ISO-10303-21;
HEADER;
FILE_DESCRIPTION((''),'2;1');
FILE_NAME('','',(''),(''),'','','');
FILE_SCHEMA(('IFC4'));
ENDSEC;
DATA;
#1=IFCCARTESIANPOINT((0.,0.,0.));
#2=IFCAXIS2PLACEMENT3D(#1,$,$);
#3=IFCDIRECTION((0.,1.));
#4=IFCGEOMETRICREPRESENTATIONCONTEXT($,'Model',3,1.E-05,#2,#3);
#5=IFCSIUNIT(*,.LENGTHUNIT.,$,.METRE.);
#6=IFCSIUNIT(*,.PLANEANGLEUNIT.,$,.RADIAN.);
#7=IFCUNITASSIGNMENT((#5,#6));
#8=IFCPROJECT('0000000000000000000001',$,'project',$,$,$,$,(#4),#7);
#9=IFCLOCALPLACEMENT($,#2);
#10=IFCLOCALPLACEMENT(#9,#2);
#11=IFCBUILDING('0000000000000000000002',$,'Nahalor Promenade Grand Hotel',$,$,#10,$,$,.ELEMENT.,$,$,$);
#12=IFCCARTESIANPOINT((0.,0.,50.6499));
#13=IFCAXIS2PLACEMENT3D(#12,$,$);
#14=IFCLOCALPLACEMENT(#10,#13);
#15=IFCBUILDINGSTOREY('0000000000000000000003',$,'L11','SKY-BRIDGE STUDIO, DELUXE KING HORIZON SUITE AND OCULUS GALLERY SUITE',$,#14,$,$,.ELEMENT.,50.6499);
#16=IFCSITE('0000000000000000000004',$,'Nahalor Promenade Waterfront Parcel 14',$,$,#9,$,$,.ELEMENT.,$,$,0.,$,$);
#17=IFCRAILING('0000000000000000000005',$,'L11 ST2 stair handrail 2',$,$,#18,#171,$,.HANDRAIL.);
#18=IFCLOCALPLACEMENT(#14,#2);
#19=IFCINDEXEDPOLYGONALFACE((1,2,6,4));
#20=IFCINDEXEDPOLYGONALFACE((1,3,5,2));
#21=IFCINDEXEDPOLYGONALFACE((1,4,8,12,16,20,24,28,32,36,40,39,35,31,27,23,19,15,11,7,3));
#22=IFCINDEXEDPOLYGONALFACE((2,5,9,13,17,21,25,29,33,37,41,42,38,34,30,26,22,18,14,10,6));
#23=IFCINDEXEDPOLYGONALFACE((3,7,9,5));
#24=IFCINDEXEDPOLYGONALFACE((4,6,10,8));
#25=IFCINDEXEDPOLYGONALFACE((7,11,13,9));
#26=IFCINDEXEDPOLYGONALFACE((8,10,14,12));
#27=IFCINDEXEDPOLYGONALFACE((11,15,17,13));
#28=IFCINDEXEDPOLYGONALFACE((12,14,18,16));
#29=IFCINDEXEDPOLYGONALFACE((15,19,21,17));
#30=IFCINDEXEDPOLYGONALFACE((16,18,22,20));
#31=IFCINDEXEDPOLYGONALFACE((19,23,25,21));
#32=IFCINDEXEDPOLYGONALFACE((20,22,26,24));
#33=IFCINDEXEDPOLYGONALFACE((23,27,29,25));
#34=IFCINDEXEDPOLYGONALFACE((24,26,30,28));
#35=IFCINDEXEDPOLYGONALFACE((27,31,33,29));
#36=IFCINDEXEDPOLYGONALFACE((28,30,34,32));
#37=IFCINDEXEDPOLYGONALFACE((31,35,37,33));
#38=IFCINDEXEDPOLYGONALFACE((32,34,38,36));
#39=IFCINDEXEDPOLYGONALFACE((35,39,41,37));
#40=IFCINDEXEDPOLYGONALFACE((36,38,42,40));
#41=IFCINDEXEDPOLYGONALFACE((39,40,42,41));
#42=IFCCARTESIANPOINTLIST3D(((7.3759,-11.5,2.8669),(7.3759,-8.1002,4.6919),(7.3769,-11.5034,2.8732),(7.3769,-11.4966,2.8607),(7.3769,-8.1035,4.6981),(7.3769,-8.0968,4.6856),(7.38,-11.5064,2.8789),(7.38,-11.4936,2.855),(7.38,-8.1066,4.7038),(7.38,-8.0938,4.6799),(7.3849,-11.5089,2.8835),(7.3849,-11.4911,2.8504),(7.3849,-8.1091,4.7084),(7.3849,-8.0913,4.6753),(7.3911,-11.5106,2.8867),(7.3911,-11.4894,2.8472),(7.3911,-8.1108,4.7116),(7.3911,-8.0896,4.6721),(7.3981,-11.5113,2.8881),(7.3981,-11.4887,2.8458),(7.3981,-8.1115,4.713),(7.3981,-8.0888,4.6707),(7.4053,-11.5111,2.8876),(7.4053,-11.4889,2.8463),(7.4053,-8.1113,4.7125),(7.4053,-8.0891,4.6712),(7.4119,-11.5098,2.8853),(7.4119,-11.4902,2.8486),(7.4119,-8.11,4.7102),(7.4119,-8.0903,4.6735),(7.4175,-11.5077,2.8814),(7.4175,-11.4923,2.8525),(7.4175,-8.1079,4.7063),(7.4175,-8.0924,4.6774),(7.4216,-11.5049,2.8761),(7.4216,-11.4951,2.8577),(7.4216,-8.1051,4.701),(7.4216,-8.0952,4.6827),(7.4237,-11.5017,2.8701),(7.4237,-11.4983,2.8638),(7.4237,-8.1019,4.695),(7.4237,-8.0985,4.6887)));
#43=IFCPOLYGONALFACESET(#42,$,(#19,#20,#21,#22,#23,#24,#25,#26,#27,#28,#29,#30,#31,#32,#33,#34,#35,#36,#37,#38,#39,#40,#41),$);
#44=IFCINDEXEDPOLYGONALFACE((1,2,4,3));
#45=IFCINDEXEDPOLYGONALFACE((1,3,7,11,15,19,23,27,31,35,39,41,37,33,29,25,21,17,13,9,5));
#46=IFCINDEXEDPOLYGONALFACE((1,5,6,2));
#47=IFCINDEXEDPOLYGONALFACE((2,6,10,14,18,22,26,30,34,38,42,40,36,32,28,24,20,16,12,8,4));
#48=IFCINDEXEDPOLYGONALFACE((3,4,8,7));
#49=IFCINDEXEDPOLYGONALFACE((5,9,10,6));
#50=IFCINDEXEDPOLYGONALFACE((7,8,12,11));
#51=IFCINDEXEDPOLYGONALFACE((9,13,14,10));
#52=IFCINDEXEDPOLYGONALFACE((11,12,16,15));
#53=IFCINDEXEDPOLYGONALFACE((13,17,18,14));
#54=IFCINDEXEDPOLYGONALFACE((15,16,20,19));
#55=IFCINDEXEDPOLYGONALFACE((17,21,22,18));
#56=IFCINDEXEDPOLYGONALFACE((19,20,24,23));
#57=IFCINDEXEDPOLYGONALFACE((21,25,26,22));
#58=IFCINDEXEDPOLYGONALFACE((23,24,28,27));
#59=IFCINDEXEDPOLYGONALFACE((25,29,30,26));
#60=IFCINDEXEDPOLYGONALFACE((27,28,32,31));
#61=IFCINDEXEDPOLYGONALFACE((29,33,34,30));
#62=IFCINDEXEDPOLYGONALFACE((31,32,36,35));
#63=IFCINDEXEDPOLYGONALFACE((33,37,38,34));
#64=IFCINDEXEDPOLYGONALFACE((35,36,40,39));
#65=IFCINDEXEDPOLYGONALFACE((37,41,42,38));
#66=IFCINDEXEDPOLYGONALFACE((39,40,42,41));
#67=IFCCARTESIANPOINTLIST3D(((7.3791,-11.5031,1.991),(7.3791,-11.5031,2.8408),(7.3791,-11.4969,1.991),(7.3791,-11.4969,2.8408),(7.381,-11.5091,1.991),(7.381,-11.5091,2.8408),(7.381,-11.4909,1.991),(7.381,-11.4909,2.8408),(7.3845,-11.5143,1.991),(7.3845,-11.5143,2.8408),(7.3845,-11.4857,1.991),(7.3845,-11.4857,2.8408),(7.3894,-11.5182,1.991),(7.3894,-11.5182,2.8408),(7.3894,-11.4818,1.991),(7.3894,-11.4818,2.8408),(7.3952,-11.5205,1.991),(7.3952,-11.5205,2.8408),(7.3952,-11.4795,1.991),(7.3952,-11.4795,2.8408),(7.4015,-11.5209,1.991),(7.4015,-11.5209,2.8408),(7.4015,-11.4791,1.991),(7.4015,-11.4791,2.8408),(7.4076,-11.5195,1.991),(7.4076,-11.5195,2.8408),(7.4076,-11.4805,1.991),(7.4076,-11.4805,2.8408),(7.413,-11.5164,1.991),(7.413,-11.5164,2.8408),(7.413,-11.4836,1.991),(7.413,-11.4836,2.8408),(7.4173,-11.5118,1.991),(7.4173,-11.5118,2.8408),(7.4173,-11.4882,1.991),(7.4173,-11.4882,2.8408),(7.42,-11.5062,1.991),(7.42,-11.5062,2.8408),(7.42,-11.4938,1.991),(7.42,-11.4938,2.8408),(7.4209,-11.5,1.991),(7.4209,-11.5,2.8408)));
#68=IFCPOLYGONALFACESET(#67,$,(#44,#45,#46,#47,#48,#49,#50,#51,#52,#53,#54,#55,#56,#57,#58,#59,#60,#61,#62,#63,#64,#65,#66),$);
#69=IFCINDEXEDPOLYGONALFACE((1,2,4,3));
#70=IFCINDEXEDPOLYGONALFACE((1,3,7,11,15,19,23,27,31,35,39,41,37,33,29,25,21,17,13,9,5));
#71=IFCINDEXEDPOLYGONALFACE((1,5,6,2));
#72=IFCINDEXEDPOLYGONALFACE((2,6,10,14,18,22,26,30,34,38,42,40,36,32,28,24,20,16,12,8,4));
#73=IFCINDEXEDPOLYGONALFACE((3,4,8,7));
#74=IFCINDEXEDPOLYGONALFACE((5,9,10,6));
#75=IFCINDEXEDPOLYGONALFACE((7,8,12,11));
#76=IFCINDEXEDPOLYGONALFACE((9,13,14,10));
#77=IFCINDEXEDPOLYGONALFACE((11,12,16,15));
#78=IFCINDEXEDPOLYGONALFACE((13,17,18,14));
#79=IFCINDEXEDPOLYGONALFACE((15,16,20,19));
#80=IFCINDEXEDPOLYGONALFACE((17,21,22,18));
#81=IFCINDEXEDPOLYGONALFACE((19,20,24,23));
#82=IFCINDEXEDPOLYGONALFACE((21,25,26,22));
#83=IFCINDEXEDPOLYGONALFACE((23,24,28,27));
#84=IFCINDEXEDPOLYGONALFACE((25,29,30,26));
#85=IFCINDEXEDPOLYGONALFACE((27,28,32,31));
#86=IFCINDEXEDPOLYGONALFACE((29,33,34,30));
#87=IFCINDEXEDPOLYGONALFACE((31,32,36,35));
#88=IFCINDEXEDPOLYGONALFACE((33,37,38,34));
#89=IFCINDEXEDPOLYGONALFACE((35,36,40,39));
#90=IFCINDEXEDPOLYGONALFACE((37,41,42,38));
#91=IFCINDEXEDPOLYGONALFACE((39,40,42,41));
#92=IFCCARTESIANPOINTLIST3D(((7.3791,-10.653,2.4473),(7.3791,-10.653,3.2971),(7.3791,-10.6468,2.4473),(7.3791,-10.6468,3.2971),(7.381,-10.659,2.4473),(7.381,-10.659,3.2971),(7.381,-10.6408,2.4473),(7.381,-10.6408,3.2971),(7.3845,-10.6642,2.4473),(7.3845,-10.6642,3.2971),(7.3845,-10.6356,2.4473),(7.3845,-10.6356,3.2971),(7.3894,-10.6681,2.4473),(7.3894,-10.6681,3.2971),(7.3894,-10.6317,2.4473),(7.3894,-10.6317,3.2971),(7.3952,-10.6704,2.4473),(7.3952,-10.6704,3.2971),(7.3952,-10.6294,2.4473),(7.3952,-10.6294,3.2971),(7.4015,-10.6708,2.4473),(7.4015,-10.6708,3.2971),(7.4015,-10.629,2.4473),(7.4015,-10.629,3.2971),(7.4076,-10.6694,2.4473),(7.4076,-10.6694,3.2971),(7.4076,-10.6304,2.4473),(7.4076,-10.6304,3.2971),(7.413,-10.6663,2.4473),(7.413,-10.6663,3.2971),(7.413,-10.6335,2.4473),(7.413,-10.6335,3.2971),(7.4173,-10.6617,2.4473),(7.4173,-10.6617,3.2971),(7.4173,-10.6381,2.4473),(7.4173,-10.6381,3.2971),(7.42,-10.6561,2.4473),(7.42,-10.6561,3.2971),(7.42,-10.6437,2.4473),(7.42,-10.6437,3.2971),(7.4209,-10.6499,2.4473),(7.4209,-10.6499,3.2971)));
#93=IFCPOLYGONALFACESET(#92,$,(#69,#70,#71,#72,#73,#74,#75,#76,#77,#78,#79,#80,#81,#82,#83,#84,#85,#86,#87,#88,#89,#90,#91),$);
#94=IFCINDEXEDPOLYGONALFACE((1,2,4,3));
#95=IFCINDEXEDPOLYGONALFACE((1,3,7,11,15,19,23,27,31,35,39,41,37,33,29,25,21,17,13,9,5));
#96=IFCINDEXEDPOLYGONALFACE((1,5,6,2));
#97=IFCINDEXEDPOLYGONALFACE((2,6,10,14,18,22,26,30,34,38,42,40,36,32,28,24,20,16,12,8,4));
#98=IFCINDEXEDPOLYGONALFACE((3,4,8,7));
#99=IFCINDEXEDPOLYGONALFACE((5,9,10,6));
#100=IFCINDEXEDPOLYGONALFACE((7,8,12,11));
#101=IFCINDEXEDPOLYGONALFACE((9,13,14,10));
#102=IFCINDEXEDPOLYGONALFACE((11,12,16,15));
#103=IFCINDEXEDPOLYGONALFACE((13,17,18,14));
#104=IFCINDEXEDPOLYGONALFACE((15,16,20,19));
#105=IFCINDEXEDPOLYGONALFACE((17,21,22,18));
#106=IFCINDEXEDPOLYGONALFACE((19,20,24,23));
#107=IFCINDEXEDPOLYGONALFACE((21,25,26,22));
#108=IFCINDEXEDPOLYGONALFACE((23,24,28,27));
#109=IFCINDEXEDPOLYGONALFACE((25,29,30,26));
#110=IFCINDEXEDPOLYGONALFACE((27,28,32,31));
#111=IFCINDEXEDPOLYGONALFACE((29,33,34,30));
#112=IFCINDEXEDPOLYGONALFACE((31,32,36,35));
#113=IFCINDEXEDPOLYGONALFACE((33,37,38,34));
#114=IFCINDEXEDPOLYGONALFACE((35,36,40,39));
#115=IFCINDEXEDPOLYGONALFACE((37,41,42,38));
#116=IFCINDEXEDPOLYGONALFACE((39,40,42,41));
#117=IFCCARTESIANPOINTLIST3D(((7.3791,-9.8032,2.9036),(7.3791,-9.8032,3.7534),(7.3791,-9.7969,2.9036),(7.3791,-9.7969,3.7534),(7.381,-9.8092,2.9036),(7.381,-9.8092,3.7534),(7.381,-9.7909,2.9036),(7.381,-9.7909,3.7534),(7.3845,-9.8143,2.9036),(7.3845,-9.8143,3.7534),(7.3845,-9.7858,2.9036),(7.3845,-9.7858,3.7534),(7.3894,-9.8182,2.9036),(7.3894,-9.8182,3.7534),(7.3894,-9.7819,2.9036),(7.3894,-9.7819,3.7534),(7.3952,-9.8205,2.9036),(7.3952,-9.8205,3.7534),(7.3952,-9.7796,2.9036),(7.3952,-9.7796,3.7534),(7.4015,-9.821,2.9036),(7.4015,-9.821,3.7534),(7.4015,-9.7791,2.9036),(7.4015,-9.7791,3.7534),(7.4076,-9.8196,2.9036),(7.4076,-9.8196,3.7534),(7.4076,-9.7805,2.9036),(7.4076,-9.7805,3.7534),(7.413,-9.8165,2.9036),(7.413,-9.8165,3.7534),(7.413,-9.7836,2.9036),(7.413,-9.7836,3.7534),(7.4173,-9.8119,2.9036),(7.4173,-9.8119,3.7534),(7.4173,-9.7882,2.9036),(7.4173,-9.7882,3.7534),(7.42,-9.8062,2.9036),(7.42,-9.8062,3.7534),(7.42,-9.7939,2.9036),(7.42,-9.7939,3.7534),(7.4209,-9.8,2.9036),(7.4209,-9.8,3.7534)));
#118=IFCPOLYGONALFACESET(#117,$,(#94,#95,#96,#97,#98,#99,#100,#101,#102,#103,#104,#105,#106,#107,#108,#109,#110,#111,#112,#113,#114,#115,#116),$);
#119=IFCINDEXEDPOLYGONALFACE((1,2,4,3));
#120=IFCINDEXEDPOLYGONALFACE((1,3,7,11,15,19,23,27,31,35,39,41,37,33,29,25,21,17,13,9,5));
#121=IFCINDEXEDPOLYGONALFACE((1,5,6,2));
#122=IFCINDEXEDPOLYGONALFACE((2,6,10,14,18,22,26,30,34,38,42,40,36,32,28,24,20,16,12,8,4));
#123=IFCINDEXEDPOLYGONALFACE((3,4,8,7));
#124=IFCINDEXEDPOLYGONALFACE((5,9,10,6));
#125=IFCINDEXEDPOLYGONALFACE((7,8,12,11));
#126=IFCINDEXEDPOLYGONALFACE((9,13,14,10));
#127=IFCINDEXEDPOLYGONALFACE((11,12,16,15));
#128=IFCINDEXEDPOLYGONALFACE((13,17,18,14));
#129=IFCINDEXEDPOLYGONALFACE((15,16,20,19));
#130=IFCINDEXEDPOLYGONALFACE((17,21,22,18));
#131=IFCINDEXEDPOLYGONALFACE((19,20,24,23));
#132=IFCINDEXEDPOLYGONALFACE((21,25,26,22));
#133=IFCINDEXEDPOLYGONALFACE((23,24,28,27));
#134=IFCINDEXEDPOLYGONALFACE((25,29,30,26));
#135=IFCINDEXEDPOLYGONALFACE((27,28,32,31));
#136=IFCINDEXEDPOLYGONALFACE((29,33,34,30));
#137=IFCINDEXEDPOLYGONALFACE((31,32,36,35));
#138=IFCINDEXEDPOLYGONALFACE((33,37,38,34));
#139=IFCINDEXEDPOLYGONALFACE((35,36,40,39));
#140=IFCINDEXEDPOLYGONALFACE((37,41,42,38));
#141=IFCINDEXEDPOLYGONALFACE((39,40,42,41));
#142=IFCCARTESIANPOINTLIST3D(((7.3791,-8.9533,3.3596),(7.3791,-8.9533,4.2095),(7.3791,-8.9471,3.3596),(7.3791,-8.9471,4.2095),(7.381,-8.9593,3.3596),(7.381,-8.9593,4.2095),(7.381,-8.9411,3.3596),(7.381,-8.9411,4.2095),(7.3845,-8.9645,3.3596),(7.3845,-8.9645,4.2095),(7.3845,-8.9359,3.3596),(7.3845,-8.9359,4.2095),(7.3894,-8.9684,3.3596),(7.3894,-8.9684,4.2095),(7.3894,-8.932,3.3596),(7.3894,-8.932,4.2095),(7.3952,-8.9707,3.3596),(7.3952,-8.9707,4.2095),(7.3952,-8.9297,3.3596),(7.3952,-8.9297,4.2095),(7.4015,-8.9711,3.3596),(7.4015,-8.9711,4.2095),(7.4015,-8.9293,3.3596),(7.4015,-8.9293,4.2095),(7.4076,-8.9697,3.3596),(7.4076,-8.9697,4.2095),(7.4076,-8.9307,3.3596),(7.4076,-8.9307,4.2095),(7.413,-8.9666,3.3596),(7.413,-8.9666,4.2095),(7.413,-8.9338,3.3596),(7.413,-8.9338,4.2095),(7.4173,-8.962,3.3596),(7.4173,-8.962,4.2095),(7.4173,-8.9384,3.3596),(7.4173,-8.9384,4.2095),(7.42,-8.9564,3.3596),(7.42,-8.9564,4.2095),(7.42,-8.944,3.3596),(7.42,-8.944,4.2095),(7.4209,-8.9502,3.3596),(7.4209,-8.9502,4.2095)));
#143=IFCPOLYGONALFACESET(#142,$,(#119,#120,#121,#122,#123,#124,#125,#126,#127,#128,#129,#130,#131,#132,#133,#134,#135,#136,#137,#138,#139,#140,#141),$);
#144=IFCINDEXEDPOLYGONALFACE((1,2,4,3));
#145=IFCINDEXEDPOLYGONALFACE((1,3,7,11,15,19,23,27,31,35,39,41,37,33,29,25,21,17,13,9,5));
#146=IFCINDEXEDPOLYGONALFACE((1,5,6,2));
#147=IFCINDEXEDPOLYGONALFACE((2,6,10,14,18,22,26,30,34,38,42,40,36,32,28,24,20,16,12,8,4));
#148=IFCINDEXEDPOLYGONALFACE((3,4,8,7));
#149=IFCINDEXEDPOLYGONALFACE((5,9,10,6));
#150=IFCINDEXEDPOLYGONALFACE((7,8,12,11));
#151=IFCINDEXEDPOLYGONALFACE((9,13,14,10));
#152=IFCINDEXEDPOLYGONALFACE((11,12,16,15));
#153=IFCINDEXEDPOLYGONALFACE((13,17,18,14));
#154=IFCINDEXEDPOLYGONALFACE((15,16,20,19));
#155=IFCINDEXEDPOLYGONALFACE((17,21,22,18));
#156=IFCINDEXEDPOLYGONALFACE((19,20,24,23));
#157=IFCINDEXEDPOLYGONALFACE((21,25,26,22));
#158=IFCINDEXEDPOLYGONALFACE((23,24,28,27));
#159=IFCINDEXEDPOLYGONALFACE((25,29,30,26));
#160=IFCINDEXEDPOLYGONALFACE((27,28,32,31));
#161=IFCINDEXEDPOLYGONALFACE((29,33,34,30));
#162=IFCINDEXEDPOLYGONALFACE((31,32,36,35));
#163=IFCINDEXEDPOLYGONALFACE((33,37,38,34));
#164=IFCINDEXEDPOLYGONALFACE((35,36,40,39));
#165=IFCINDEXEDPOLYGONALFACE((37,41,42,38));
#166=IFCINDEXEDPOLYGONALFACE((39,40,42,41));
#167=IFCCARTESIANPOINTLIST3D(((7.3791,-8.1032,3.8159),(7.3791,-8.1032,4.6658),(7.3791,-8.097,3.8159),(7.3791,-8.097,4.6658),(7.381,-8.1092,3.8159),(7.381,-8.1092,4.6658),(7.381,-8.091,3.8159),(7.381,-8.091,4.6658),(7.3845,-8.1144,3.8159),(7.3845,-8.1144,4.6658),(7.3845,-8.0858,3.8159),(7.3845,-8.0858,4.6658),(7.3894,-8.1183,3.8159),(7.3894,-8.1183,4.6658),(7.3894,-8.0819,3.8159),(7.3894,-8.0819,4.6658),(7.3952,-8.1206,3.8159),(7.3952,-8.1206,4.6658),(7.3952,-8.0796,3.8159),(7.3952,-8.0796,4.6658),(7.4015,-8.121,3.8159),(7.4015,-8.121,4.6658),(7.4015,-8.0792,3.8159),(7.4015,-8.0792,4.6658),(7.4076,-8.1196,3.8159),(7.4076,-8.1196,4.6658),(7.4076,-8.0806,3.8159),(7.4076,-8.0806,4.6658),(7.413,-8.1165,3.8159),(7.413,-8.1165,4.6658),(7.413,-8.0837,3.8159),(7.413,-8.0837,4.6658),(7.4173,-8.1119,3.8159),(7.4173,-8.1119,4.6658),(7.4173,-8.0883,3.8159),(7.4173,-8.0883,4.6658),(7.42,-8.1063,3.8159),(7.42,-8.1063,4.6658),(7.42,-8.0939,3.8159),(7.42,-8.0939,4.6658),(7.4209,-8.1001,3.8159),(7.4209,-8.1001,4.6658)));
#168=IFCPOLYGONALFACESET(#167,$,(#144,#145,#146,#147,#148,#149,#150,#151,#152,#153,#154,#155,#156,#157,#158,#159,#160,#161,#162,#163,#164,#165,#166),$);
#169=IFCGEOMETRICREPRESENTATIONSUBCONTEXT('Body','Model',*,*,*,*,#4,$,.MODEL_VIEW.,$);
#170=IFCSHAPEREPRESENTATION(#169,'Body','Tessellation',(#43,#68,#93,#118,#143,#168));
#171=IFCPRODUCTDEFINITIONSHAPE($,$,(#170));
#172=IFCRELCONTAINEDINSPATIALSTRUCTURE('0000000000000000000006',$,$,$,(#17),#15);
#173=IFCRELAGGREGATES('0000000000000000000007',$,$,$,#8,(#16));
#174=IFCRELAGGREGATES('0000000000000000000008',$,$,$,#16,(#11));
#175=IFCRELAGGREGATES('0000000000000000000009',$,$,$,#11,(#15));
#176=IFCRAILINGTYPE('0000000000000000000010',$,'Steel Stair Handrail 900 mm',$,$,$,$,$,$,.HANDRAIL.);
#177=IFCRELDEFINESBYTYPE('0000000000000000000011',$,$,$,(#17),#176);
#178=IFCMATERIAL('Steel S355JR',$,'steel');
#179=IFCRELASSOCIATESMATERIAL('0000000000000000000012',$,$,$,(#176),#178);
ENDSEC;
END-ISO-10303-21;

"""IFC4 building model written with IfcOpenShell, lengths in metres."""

from ifc_helpers import new_model, si_unit, direction, frame, origin, origin_2d, place, context, subcontext, project, spatial, circle, extrude, material, type_object, element, save


model = new_model("IFC4")

# Units and contexts
model_context = context("Model", 3, precision=1e-05, world=origin(), true_north=direction((0.0, 1.0)))
body_context = subcontext(model_context, "Body", "Model", "MODEL_VIEW")
ifc_project = project(units=[si_unit("LENGTHUNIT", "METRE"), si_unit("PLANEANGLEUNIT", "RADIAN")], contexts=[model_context])

# Site, building, storey
site_placement = place(None, origin())
site = spatial("IfcSite", under=ifc_project, at=site_placement, Name="Nahalor Promenade Waterfront Parcel 14", CompositionType="ELEMENT", RefElevation=0.0)
building_placement = place(site_placement, origin())
building = spatial("IfcBuilding", under=site, at=building_placement, Name="Nahalor Promenade Grand Hotel", CompositionType="ELEMENT")
storey_placement = place(building_placement, frame((0.0, 0.0, 50.6499)))
storey = spatial("IfcBuildingStorey", under=building, at=storey_placement, Name="L11", Description="SKY-BRIDGE STUDIO, DELUXE KING HORIZON SUITE AND OCULUS GALLERY SUITE", CompositionType="ELEMENT", Elevation=50.6499)

# Shared definitions
ifc_material_1 = material(Name="Steel S355JR", Category="steel")

# Railing
railing_type_1 = type_object("IfcRailingType", Name="Steel Stair Handrail 900 mm", PredefinedType="HANDRAIL", material=ifc_material_1)
railing_1_placement = place(storey_placement, frame((7.3999, -11.5, 1.991)))
element("IfcRailing", 1, at=railing_1_placement, inside=storey, type_object=railing_type_1, Name="L11 ST2 stair handrail 2", PredefinedType="HANDRAIL", context=body_context, shape_type="SweptSolid", body=[
    extrude(circle(Radius=0.024, at=origin_2d()), frame((0.0, 0.0, 0.876), z_axis=(0.0, 0.881094, 0.472941), x_axis=(-1.0, 0.0, 0.0)), (0.0, 0.0, 1.0), 3.8586),
    extrude(circle(Radius=0.021, at=origin_2d()), origin(), (0.0, 0.0, 1.0), 0.8499),
    extrude(circle(Radius=0.021, at=origin_2d()), frame((0.0, 0.8501, 0.4563)), (0.0, 0.0, 1.0), 0.8499),
    extrude(circle(Radius=0.021, at=origin_2d()), frame((0.0, 1.7, 0.9126)), (0.0, 0.0, 1.0), 0.8499),
    extrude(circle(Radius=0.021, at=origin_2d()), frame((0.0, 2.5498, 1.3687)), (0.0, 0.0, 1.0), 0.8499),
    extrude(circle(Radius=0.021, at=origin_2d()), frame((0.0, 3.3999, 1.825)), (0.0, 0.0, 1.0), 0.8499),
])

save(model, "model.ifc")
